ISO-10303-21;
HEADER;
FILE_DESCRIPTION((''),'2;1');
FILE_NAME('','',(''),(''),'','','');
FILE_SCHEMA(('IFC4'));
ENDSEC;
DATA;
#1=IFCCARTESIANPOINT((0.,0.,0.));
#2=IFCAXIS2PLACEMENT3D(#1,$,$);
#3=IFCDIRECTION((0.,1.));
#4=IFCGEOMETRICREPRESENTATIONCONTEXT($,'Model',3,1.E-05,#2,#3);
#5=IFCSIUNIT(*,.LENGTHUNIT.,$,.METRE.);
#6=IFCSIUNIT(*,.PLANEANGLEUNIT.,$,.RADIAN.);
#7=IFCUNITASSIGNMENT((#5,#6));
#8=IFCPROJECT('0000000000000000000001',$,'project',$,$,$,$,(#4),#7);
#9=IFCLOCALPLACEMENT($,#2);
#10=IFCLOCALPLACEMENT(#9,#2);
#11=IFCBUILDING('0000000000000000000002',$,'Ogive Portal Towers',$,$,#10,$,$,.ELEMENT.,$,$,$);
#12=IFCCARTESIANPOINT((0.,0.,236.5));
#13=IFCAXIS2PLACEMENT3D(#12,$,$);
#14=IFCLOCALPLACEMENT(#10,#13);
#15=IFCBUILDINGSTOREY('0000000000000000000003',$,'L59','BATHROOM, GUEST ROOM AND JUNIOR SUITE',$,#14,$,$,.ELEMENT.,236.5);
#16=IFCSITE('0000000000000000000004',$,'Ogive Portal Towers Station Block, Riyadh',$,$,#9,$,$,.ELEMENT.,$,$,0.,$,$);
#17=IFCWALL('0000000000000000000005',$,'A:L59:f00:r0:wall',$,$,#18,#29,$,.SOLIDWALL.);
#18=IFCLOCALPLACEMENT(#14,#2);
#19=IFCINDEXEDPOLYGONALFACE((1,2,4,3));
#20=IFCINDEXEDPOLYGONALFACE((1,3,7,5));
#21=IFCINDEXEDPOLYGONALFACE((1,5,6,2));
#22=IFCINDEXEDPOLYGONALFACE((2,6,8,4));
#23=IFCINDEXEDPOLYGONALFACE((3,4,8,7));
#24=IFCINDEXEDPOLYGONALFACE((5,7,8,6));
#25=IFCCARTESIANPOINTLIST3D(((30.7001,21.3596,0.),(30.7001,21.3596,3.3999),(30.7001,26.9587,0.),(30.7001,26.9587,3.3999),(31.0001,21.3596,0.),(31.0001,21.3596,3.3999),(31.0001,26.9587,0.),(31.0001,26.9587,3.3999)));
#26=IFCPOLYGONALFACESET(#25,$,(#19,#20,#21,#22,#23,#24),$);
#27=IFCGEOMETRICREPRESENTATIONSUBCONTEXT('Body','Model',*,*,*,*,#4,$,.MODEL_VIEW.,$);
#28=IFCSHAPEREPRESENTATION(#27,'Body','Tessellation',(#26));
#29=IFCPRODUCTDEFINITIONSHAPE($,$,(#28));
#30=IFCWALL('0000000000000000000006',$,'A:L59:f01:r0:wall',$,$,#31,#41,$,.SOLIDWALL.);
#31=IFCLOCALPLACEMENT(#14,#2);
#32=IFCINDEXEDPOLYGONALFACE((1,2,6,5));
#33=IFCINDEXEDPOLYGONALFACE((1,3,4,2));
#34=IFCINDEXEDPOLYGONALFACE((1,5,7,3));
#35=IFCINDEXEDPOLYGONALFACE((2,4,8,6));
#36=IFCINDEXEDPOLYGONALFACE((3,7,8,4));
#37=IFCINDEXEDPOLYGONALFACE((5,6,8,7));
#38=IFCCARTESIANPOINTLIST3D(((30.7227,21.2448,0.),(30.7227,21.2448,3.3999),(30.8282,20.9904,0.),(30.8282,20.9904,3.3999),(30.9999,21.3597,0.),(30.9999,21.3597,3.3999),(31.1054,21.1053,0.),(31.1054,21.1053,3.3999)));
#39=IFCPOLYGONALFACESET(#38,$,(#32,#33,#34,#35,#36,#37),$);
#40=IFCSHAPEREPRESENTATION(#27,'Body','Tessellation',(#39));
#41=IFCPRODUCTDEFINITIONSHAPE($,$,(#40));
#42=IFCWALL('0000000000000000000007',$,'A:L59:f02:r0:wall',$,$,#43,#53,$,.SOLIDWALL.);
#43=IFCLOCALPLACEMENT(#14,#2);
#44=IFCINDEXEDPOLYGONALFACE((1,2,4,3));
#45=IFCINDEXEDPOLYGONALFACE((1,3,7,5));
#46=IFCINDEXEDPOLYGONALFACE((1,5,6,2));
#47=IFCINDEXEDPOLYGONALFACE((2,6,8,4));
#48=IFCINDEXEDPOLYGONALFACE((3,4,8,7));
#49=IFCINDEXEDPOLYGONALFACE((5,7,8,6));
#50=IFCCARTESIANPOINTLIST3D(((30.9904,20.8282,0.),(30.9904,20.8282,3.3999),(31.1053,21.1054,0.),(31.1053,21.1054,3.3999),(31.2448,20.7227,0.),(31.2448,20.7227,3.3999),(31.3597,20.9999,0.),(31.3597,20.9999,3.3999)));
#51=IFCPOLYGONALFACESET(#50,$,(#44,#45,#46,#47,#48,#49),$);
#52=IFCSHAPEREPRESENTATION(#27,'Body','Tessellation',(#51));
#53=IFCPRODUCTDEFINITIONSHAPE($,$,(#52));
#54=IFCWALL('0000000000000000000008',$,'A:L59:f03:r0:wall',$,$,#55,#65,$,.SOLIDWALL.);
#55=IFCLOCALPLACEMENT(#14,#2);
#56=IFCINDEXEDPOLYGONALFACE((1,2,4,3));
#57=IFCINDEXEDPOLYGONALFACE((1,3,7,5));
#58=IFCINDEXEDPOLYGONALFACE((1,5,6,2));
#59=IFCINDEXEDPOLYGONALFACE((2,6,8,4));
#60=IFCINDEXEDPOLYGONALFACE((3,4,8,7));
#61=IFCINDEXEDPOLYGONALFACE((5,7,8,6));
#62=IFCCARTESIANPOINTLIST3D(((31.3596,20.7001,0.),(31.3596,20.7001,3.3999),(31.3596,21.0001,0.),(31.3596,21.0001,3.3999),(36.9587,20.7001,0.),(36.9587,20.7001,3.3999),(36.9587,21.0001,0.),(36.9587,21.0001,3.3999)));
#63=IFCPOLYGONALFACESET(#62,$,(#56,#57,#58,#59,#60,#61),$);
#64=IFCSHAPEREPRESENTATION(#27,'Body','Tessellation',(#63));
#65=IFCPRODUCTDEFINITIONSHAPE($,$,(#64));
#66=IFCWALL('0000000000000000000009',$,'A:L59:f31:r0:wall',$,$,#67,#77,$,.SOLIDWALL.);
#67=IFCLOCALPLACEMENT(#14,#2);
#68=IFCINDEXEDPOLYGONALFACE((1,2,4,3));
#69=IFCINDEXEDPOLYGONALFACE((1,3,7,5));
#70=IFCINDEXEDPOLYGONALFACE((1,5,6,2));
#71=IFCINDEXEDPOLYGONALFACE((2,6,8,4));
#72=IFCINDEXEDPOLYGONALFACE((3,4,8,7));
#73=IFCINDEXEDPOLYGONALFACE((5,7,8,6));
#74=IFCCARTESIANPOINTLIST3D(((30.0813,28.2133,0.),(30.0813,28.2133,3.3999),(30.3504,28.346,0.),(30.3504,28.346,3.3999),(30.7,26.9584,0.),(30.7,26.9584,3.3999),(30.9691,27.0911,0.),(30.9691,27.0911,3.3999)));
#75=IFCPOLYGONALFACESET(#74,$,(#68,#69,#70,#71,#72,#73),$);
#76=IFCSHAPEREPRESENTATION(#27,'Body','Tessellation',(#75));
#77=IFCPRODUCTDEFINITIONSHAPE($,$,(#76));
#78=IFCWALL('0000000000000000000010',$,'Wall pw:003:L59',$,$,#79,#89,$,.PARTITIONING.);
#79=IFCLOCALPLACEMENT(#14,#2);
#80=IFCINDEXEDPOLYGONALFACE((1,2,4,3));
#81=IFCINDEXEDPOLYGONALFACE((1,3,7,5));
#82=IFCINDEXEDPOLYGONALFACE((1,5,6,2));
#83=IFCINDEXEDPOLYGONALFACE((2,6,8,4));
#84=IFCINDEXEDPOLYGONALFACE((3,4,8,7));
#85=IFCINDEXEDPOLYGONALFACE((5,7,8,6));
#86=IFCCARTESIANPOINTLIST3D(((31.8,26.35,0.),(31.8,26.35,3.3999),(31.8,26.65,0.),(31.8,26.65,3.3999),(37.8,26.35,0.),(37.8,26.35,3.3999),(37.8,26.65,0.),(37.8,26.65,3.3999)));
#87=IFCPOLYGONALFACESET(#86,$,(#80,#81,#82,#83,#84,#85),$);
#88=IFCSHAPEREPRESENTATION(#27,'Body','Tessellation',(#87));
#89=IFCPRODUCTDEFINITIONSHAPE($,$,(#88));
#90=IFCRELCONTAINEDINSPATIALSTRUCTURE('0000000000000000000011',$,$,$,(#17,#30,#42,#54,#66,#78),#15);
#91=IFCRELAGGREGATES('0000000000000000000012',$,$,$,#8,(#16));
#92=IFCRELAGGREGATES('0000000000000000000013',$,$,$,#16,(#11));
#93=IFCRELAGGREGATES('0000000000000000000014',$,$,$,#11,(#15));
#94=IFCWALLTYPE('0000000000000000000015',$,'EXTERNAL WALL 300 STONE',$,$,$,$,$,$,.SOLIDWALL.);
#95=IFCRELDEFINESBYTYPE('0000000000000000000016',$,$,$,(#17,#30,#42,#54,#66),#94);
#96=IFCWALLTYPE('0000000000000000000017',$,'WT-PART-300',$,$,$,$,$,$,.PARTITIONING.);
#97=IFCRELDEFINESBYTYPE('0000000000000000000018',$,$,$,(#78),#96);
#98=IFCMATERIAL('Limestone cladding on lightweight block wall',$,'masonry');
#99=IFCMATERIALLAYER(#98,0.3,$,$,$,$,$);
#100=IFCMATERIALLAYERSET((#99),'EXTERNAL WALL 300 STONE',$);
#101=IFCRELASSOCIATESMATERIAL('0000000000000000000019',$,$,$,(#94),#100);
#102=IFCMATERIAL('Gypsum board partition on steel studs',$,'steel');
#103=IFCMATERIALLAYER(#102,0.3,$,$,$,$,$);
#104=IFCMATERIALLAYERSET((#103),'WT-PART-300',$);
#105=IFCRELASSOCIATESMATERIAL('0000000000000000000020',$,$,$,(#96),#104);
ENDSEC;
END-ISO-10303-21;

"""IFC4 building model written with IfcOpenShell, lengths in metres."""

from ifc_helpers import new_model, si_unit, direction, frame, frame_2d, origin, place, context, subcontext, project, spatial, rectangle, extrude, material, layer, layer_set, type_object, element, save


model = new_model("IFC4")

# Units and contexts
model_context = context("Model", 3, precision=1e-05, world=origin(), true_north=direction((0.0, 1.0)))
body_context = subcontext(model_context, "Body", "Model", "MODEL_VIEW")
ifc_project = project(units=[si_unit("LENGTHUNIT", "METRE"), si_unit("PLANEANGLEUNIT", "RADIAN")], contexts=[model_context])

# Site, building, storey
site_placement = place(None, origin())
site = spatial("IfcSite", under=ifc_project, at=site_placement, Name="Ogive Portal Towers Station Block, Riyadh", CompositionType="ELEMENT", RefElevation=0.0)
building_placement = place(site_placement, origin())
building = spatial("IfcBuilding", under=site, at=building_placement, Name="Ogive Portal Towers", CompositionType="ELEMENT")
storey_placement = place(building_placement, frame((0.0, 0.0, 236.5)))
storey = spatial("IfcBuildingStorey", under=building, at=storey_placement, Name="L59", Description="BATHROOM, GUEST ROOM AND JUNIOR SUITE", CompositionType="ELEMENT", Elevation=236.5)

# Walls
ifc_material_1 = material(Name="Limestone cladding on lightweight block wall", Category="masonry")
ifc_layer_1 = layer(ifc_material_1, 0.3)
ifc_layer_set_1 = layer_set([ifc_layer_1], Name="EXTERNAL WALL 300 STONE")
wall_type_1 = type_object("IfcWallType", Name="EXTERNAL WALL 300 STONE", PredefinedType="SOLIDWALL", material=ifc_layer_set_1)
wall_1_placement = place(storey_placement, frame((30.8501, 26.9587, 0.0), z_axis=(0.0, 0.0, 1.0), x_axis=(0.0, -1.0, 0.0)))
element("IfcWall", 1, at=wall_1_placement, inside=storey, type_object=wall_type_1, Name="A:L59:f00:r0:wall", PredefinedType="SOLIDWALL", context=body_context, shape_type="SweptSolid", body=[
    extrude(rectangle(XDim=5.5991, YDim=0.3, at=frame_2d((2.7996, 0.0))), origin(), (0.0, 0.0, 1.0), 3.3999),
])
for number, where, z_axis, x_axis, name in (
    (2, (30.8613, 21.3022, 0.0), (0.0, 0.0, 1.0), (0.382978, -0.923757, 0.0), "A:L59:f01:r0:wall"),
    (3, (31.0479, 20.9668, 0.0), (0.0, 0.0, 1.0), (0.923757, -0.382978, 0.0), "A:L59:f02:r0:wall"),
):
    element("IfcWall", number, at=place(storey_placement, frame(where, z_axis=z_axis, x_axis=x_axis)), inside=storey, type_object=wall_type_1, Name=name, PredefinedType="SOLIDWALL", context=body_context, shape_type="SweptSolid", body=[
        extrude(rectangle(XDim=0.2754, YDim=0.3, at=frame_2d((0.1377, 0.0))), origin(), (0.0, 0.0, 1.0), 3.3999),
    ])
wall_2_placement = place(storey_placement, frame((31.3596, 20.8501, 0.0), z_axis=(0.0, 0.0, 1.0), x_axis=(1.0, 0.0, 0.0)))
element("IfcWall", 4, at=wall_2_placement, inside=storey, type_object=wall_type_1, Name="A:L59:f03:r0:wall", PredefinedType="SOLIDWALL", context=body_context, shape_type="SweptSolid", body=[
    extrude(rectangle(XDim=5.5991, YDim=0.3, at=frame_2d((2.7996, 0.0))), origin(), (0.0, 0.0, 1.0), 3.3999),
])
wall_3_placement = place(storey_placement, frame((30.2158, 28.2798, 0.0), z_axis=(0.0, 0.0, 1.0), x_axis=(0.442181, -0.896926, 0.0)))
element("IfcWall", 5, at=wall_3_placement, inside=storey, type_object=wall_type_1, Name="A:L59:f31:r0:wall", PredefinedType="SOLIDWALL", context=body_context, shape_type="SweptSolid", body=[
    extrude(rectangle(XDim=1.3992, YDim=0.3, at=frame_2d((0.6997, 0.0))), origin(), (0.0, 0.0, 1.0), 3.3999),
])
ifc_material_2 = material(Name="Gypsum board partition on steel studs", Category="steel")
ifc_layer_2 = layer(ifc_material_2, 0.3)
ifc_layer_set_2 = layer_set([ifc_layer_2], Name="WT-PART-300")
wall_type_2 = type_object("IfcWallType", Name="WT-PART-300", PredefinedType="PARTITIONING", material=ifc_layer_set_2)
wall_4_placement = place(storey_placement, frame((31.8, 26.5, 0.0), z_axis=(0.0, 0.0, 1.0), x_axis=(1.0, 0.0, 0.0)))
element("IfcWall", 6, at=wall_4_placement, inside=storey, type_object=wall_type_2, Name="Wall pw:003:L59", PredefinedType="PARTITIONING", context=body_context, shape_type="SweptSolid", body=[
    extrude(rectangle(XDim=6.0, YDim=0.3, at=frame_2d((3.0, 0.0))), origin(), (0.0, 0.0, 1.0), 3.3999),
])

save(model, "model.ifc")
